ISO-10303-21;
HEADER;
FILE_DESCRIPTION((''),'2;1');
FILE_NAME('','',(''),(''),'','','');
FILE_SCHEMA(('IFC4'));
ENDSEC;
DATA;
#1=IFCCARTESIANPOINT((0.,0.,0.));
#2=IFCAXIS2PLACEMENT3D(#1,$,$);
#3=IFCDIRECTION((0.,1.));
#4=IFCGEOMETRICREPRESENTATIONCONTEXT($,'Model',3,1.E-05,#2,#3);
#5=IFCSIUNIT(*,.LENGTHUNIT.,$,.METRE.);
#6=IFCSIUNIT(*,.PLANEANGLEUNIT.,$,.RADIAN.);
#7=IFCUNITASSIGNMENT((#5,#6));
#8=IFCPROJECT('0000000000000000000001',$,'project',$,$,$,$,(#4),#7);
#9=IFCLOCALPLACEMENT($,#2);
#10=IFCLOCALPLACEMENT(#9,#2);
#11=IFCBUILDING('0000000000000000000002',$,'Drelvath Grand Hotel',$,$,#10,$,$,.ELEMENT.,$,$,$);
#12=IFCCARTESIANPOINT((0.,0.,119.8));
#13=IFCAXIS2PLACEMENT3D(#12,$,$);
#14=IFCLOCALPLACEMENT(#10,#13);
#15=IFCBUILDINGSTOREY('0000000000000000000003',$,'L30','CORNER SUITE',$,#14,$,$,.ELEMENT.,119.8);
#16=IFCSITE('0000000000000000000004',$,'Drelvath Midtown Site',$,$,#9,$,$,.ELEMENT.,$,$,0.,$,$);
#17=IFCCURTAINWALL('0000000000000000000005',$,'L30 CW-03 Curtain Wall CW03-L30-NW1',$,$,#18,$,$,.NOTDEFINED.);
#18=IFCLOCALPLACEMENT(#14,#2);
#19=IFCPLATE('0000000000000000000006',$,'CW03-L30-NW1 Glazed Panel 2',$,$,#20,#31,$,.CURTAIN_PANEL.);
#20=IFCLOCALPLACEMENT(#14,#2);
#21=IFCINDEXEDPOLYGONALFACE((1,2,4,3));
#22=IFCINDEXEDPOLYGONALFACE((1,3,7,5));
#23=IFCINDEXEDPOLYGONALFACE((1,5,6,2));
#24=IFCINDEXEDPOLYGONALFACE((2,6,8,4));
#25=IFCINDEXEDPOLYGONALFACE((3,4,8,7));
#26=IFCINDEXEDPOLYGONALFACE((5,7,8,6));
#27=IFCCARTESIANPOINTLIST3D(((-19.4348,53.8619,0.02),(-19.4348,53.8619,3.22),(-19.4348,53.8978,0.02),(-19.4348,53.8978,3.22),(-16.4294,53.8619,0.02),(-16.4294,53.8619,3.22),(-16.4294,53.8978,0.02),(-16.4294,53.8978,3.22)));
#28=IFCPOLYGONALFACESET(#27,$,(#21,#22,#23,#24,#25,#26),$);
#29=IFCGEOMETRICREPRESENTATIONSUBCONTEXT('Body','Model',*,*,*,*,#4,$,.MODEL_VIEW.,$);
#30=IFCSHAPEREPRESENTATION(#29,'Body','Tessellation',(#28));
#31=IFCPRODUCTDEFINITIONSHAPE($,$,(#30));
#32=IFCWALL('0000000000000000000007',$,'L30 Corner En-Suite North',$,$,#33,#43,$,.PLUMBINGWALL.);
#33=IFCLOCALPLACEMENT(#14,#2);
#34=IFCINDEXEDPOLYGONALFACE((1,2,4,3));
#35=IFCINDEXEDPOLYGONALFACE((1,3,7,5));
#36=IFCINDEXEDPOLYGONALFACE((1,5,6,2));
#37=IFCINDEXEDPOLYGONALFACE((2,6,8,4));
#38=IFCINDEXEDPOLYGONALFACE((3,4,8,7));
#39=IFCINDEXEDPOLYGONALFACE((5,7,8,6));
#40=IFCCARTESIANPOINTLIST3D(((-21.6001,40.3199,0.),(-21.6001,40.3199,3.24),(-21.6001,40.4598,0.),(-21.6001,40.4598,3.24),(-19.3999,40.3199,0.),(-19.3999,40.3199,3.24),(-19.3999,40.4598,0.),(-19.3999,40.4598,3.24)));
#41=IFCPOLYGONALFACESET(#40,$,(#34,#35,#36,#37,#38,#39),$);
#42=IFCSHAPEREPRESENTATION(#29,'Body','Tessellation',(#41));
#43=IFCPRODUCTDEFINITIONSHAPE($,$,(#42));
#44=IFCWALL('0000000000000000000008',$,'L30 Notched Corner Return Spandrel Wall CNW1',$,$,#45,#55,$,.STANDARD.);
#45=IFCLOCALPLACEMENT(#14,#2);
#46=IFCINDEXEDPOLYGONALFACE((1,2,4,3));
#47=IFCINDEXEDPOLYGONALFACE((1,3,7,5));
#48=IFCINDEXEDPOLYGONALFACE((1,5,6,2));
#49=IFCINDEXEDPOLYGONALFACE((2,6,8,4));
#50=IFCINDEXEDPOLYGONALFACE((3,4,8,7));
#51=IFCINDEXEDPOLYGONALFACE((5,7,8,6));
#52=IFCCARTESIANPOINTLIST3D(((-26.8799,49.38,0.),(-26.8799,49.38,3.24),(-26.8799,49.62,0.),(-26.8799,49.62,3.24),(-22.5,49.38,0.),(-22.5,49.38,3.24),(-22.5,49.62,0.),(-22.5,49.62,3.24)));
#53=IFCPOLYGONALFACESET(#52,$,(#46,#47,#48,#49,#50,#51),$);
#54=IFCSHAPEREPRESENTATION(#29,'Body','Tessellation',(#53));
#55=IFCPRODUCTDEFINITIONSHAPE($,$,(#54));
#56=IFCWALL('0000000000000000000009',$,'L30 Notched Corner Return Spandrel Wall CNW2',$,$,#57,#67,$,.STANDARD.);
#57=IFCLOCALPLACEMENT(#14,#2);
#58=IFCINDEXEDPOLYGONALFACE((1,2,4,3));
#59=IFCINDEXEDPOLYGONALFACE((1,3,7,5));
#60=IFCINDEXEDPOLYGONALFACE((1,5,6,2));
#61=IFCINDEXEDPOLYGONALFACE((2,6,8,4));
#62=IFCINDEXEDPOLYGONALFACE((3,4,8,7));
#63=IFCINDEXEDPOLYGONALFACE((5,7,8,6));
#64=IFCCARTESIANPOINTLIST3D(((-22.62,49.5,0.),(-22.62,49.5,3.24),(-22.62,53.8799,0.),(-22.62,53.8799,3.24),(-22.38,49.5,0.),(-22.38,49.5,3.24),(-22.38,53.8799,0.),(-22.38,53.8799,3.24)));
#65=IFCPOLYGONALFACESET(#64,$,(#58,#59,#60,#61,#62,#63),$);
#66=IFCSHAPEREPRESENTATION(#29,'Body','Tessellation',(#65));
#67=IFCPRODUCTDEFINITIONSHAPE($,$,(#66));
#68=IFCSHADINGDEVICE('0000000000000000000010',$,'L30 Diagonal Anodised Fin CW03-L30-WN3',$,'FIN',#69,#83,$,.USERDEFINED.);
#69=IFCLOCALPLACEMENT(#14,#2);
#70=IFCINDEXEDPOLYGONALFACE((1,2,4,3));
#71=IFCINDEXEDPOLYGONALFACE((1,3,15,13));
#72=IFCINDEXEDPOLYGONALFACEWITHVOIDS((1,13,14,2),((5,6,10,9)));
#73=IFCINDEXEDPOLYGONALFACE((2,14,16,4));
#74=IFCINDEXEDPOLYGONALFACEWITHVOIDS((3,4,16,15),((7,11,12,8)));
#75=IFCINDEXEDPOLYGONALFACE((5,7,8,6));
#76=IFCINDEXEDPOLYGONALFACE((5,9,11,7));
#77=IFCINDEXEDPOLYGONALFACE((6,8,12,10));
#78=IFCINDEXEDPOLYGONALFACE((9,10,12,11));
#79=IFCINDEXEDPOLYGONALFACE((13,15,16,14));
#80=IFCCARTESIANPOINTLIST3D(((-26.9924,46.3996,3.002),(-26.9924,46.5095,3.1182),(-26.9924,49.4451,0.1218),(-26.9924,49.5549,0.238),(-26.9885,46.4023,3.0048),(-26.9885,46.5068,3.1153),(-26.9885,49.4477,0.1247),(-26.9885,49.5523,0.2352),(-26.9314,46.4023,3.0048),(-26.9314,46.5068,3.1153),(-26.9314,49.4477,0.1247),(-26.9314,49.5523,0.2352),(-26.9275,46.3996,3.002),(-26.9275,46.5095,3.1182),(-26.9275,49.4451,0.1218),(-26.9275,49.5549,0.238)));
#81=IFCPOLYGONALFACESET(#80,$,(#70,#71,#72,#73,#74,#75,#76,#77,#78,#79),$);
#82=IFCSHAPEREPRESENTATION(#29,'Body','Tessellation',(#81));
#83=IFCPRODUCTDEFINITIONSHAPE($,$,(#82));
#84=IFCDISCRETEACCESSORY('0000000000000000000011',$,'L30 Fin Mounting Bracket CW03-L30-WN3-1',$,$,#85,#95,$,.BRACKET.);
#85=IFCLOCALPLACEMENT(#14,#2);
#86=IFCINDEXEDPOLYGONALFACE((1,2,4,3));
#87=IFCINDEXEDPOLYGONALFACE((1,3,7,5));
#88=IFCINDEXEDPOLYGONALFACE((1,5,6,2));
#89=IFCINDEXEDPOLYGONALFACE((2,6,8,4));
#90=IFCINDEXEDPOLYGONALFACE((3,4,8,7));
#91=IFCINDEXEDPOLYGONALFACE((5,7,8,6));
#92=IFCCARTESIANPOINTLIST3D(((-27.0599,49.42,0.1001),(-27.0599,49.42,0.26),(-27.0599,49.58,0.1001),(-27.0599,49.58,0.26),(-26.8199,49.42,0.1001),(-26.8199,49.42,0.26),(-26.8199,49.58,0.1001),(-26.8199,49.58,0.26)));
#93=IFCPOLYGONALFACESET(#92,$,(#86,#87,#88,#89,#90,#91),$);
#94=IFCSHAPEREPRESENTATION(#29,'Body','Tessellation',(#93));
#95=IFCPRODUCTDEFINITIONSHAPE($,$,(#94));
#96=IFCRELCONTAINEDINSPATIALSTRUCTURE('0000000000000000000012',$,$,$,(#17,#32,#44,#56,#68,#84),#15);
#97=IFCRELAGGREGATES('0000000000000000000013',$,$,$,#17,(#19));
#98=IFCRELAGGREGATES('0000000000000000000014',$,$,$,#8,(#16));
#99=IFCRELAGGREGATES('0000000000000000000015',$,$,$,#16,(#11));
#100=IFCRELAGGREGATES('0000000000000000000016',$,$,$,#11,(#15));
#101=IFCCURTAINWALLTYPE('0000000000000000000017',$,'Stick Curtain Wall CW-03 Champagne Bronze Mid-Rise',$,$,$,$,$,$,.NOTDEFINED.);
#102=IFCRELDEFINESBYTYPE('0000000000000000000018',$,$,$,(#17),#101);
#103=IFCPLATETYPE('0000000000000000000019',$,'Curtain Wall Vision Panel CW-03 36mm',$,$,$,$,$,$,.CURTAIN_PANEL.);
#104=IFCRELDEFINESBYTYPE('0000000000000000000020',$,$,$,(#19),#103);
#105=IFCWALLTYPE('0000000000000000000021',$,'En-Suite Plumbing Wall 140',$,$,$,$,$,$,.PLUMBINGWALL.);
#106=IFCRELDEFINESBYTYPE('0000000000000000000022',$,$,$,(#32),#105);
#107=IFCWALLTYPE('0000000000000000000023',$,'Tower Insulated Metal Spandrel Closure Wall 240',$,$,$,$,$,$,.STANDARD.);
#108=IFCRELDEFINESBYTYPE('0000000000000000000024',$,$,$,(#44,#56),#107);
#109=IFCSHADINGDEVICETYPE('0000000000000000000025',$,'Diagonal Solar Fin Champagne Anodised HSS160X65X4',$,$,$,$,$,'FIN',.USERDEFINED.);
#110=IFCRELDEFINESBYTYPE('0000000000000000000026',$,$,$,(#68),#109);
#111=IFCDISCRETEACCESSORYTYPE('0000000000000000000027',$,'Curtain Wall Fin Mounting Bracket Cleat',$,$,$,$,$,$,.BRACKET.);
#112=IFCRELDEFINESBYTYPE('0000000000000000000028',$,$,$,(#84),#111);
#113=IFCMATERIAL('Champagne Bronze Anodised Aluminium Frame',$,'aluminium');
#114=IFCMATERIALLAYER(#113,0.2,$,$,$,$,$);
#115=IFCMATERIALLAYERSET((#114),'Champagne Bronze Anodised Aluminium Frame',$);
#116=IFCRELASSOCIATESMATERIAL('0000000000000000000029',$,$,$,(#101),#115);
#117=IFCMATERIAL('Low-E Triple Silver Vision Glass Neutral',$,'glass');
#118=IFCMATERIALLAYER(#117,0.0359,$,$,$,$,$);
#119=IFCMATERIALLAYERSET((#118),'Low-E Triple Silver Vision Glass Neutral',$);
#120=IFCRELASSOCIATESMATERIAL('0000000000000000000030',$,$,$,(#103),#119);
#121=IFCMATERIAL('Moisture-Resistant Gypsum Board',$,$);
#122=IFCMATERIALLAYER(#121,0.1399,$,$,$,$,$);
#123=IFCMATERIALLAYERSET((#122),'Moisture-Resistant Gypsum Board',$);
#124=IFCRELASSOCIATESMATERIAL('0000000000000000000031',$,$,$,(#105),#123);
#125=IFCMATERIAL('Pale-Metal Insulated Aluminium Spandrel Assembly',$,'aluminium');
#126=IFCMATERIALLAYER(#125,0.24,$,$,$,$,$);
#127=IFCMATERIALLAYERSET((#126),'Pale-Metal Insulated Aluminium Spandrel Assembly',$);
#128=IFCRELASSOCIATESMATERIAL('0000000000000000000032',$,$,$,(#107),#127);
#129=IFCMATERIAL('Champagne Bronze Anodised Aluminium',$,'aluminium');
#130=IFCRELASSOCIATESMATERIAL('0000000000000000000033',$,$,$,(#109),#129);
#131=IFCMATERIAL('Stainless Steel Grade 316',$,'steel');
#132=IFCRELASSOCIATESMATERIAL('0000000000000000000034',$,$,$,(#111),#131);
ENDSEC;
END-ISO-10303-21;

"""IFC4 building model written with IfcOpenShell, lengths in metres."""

from ifc_helpers import new_model, si_unit, direction, frame, frame_2d, origin, origin_2d, place, context, subcontext, project, spatial, rectangle, hollow_rectangle, extrude, material, layer, layer_set, material_profile, profile_set, type_object, element, aggregate, save


model = new_model("IFC4")

# Units and contexts
model_context = context("Model", 3, precision=1e-05, world=origin(), true_north=direction((0.0, 1.0)))
body_context = subcontext(model_context, "Body", "Model", "MODEL_VIEW")
ifc_project = project(units=[si_unit("LENGTHUNIT", "METRE"), si_unit("PLANEANGLEUNIT", "RADIAN")], contexts=[model_context])

# Site, building, storey
site_placement = place(None, origin())
site = spatial("IfcSite", under=ifc_project, at=site_placement, Name="Drelvath Midtown Site", CompositionType="ELEMENT", RefElevation=0.0)
building_placement = place(site_placement, origin())
building = spatial("IfcBuilding", under=site, at=building_placement, Name="Drelvath Grand Hotel", CompositionType="ELEMENT")
storey_placement = place(building_placement, frame((0.0, 0.0, 119.8)))
storey = spatial("IfcBuildingStorey", under=building, at=storey_placement, Name="L30", Description="CORNER SUITE", CompositionType="ELEMENT", Elevation=119.8)

# Curtain wall
ifc_material_1 = material(Name="Champagne Bronze Anodised Aluminium Frame", Category="aluminium")
ifc_layer_1 = layer(ifc_material_1, 0.2)
ifc_layer_set_1 = layer_set([ifc_layer_1], Name="Champagne Bronze Anodised Aluminium Frame")
curtain_wall_type = type_object("IfcCurtainWallType", Name="Stick Curtain Wall CW-03 Champagne Bronze Mid-Rise", PredefinedType="NOTDEFINED", material=ifc_layer_set_1)
curtain_wall_1_placement = place(storey_placement, origin())
curtain_wall_1 = element("IfcCurtainWall", 1, at=curtain_wall_1_placement, inside=storey, type_object=curtain_wall_type, Name="L30 CW-03 Curtain Wall CW03-L30-NW1", PredefinedType="NOTDEFINED")

# Plate
ifc_material_2 = material(Name="Low-E Triple Silver Vision Glass Neutral", Category="glass")
ifc_layer_2 = layer(ifc_material_2, 0.0359)
ifc_layer_set_2 = layer_set([ifc_layer_2], Name="Low-E Triple Silver Vision Glass Neutral")
plate_type = type_object("IfcPlateType", Name="Curtain Wall Vision Panel CW-03 36mm", PredefinedType="CURTAIN_PANEL", material=ifc_layer_set_2)
plate_1_placement = place(storey_placement, frame((-17.9321, 53.8799, 0.02), z_axis=(0.0, 0.0, 1.0), x_axis=(1.0, 0.0, 0.0)))
plate_1 = element("IfcPlate", 2, at=plate_1_placement, type_object=plate_type, Name="CW03-L30-NW1 Glazed Panel 2", PredefinedType="CURTAIN_PANEL", context=body_context, shape_type="SweptSolid", body=[
    extrude(rectangle(XDim=3.0054, YDim=0.0359, at=origin_2d()), origin(), (0.0, 0.0, 1.0), 3.2),
])
aggregate(curtain_wall_1, [plate_1])

# Walls
ifc_material_3 = material(Name="Moisture-Resistant Gypsum Board")
ifc_layer_3 = layer(ifc_material_3, 0.1399)
ifc_layer_set_3 = layer_set([ifc_layer_3], Name="Moisture-Resistant Gypsum Board")
wall_type_1 = type_object("IfcWallType", Name="En-Suite Plumbing Wall 140", PredefinedType="PLUMBINGWALL", material=ifc_layer_set_3)
wall_placement = place(storey_placement, frame((-21.6001, 40.3899, 0.0), z_axis=(0.0, 0.0, 1.0), x_axis=(1.0, 0.0, 0.0)))
element("IfcWall", 3, at=wall_placement, inside=storey, type_object=wall_type_1, Name="L30 Corner En-Suite North", PredefinedType="PLUMBINGWALL", context=body_context, shape_type="SweptSolid", body=[
    extrude(rectangle(XDim=2.2002, YDim=0.1399, at=frame_2d((1.1001, 0.0))), origin(), (0.0, 0.0, 1.0), 3.24),
])
ifc_material_4 = material(Name="Pale-Metal Insulated Aluminium Spandrel Assembly", Category="aluminium")
ifc_layer_4 = layer(ifc_material_4, 0.24)
ifc_layer_set_4 = layer_set([ifc_layer_4], Name="Pale-Metal Insulated Aluminium Spandrel Assembly")
wall_type_2 = type_object("IfcWallType", Name="Tower Insulated Metal Spandrel Closure Wall 240", PredefinedType="STANDARD", material=ifc_layer_set_4)
for number, where, z_axis, x_axis, name in (
    (4, (-26.8799, 49.5, 0.0), (0.0, 0.0, 1.0), (1.0, 0.0, 0.0), "L30 Notched Corner Return Spandrel Wall CNW1"),
    (5, (-22.5, 49.5, 0.0), (0.0, 0.0, 1.0), (0.0, 1.0, 0.0), "L30 Notched Corner Return Spandrel Wall CNW2"),
):
    element("IfcWall", number, at=place(storey_placement, frame(where, z_axis=z_axis, x_axis=x_axis)), inside=storey, type_object=wall_type_2, Name=name, PredefinedType="STANDARD", context=body_context, shape_type="SweptSolid", body=[
        extrude(rectangle(XDim=4.3799, YDim=0.24, at=frame_2d((2.1899, 0.0))), origin(), (0.0, 0.0, 1.0), 3.24),
    ])

# Shading device
ifc_material_5 = material(Name="Champagne Bronze Anodised Aluminium", Category="aluminium")
ifc_material_profile_1 = material_profile(ifc_material_5, hollow_rectangle(XDim=0.0649, YDim=0.1599, WallThickness=0.0039, at=origin_2d()), Name="HSS160X65X4")
ifc_profile_set_1 = profile_set([ifc_material_profile_1], Name="Champagne Bronze Anodised Aluminium")
shading_device_type = type_object("IfcShadingDeviceType", Name="Diagonal Solar Fin Champagne Anodised HSS160X65X4", ElementType="FIN", PredefinedType="USERDEFINED", material=ifc_profile_set_1)
shading_device_placement = place(storey_placement, frame((-26.96, 49.5, 0.1799), z_axis=(0.0, -0.726548, 0.687116), x_axis=(1.0, 0.0, 0.0)))
element("IfcShadingDevice", 6, at=shading_device_placement, inside=storey, type_object=shading_device_type, Name="L30 Diagonal Anodised Fin CW03-L30-WN3", ObjectType="FIN", PredefinedType="USERDEFINED", context=body_context, shape_type="SweptSolid", body=[
    extrude(hollow_rectangle(XDim=0.0649, YDim=0.1599, WallThickness=0.0039, at=origin_2d()), origin(), (0.0, 0.0, 1.0), 4.1917),
])

# Discrete accessory
ifc_material_6 = material(Name="Stainless Steel Grade 316", Category="steel")
discrete_accessory_type = type_object("IfcDiscreteAccessoryType", Name="Curtain Wall Fin Mounting Bracket Cleat", PredefinedType="BRACKET", material=ifc_material_6)
discrete_accessory_placement = place(storey_placement, frame((-26.9399, 49.5, 0.1001), z_axis=(0.0, 0.0, 1.0), x_axis=(0.0, 1.0, 0.0)))
element("IfcDiscreteAccessory", 7, at=discrete_accessory_placement, inside=storey, type_object=discrete_accessory_type, Name="L30 Fin Mounting Bracket CW03-L30-WN3-1", PredefinedType="BRACKET", context=body_context, shape_type="SweptSolid", body=[
    extrude(rectangle(XDim=0.1599, YDim=0.24, at=origin_2d()), origin(), (0.0, 0.0, 1.0), 0.1599),
])

save(model, "model.ifc")
